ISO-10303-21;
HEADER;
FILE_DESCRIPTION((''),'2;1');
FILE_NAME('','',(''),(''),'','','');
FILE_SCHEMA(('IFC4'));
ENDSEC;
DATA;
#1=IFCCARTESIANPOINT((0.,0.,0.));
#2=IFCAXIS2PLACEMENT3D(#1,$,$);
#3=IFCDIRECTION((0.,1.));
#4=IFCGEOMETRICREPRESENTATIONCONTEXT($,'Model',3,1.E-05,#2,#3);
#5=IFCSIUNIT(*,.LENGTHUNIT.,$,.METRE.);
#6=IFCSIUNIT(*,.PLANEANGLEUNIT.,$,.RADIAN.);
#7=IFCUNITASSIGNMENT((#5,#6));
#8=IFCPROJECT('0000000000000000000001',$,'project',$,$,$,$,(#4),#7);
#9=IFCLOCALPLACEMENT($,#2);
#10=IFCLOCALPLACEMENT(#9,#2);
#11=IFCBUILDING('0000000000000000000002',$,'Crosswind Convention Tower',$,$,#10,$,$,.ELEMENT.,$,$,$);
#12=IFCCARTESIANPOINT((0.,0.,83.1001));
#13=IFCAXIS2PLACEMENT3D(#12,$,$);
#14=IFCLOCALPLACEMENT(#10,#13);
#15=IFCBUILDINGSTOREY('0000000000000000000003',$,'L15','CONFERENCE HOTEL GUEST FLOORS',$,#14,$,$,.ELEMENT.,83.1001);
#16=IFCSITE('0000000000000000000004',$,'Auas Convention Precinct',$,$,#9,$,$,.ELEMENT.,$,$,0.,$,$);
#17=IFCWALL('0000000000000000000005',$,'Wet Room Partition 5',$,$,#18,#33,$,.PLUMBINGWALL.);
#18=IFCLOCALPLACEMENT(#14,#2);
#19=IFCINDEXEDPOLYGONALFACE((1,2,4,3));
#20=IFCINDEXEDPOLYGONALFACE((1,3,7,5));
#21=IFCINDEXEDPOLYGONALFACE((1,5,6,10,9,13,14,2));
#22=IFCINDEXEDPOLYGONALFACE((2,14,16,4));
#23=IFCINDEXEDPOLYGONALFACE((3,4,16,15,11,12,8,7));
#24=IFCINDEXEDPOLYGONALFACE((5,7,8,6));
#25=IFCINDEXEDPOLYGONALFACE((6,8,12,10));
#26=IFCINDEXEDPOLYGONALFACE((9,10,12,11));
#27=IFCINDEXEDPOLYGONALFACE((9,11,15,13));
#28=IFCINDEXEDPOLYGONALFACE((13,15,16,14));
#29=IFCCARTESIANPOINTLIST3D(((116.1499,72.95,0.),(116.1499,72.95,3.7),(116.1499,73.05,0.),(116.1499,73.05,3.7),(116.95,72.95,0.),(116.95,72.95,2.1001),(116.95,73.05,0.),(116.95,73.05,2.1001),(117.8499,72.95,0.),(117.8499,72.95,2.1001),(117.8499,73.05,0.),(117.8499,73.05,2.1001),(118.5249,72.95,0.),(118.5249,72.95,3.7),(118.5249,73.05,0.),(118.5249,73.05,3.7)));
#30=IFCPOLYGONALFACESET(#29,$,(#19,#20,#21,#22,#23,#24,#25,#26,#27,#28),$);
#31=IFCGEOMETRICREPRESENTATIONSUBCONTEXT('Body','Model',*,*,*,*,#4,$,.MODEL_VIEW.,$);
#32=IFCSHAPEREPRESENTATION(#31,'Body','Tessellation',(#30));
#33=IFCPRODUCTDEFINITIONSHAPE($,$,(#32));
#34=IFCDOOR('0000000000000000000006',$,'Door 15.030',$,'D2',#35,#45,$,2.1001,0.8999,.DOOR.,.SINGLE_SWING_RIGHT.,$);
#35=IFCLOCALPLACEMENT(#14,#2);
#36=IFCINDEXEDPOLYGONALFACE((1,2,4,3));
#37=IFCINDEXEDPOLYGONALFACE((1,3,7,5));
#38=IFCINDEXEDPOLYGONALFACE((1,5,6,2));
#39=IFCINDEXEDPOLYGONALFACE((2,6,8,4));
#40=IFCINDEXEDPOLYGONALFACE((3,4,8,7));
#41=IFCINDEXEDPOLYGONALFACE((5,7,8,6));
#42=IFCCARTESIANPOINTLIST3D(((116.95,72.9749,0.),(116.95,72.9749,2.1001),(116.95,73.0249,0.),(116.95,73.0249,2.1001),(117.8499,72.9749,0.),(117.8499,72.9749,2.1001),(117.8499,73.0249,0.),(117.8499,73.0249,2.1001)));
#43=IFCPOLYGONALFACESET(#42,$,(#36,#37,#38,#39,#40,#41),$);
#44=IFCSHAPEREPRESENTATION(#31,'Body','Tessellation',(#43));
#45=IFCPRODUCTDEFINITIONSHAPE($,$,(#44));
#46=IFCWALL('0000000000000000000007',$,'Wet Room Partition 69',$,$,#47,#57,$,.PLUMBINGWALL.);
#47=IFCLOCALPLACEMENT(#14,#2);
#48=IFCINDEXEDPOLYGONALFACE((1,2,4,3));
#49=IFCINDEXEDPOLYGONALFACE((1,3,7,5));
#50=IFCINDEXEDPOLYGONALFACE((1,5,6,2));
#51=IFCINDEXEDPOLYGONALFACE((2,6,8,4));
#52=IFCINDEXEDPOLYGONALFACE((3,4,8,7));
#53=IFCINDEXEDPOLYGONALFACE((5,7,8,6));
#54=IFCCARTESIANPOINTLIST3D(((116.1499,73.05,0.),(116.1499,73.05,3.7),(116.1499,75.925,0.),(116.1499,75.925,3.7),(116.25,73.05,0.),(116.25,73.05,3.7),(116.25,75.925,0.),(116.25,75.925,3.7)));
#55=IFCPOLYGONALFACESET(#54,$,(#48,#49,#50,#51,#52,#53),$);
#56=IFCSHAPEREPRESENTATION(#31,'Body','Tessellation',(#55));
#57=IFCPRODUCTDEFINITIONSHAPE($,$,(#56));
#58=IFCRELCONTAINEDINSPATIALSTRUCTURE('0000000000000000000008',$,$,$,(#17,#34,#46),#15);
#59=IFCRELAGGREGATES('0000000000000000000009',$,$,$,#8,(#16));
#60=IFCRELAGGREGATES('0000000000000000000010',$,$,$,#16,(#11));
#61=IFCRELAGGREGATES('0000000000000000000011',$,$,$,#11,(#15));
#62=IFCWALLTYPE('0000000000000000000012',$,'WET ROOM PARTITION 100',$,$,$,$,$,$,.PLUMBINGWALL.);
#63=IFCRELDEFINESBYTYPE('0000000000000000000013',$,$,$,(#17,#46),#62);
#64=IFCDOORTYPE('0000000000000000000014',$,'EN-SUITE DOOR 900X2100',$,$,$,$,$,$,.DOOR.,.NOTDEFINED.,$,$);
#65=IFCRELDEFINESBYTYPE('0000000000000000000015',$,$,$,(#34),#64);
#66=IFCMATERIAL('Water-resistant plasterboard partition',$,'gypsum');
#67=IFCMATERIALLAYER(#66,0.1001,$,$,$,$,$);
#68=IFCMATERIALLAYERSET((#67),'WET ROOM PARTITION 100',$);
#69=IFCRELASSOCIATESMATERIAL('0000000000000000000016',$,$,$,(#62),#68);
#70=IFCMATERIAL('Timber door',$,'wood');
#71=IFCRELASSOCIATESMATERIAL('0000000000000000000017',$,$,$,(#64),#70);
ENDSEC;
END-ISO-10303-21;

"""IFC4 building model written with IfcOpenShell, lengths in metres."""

from ifc_helpers import new_model, si_unit, direction, frame, frame_2d, origin, place, context, subcontext, project, spatial, rectangle, extrude, material, layer, layer_set, type_object, element, fill, save


model = new_model("IFC4")

# Units and contexts
model_context = context("Model", 3, precision=1e-05, world=origin(), true_north=direction((0.0, 1.0)))
body_context = subcontext(model_context, "Body", "Model", "MODEL_VIEW")
ifc_project = project(units=[si_unit("LENGTHUNIT", "METRE"), si_unit("PLANEANGLEUNIT", "RADIAN")], contexts=[model_context])

# Site, building, storey
site_placement = place(None, origin())
site = spatial("IfcSite", under=ifc_project, at=site_placement, Name="Auas Convention Precinct", CompositionType="ELEMENT", RefElevation=0.0)
building_placement = place(site_placement, origin())
building = spatial("IfcBuilding", under=site, at=building_placement, Name="Crosswind Convention Tower", CompositionType="ELEMENT")
storey_placement = place(building_placement, frame((0.0, 0.0, 83.1001)))
storey = spatial("IfcBuildingStorey", under=building, at=storey_placement, Name="L15", Description="CONFERENCE HOTEL GUEST FLOORS", CompositionType="ELEMENT", Elevation=83.1001)

# Wall, opening, door
ifc_material_1 = material(Name="Water-resistant plasterboard partition", Category="gypsum")
ifc_layer_1 = layer(ifc_material_1, 0.1001)
ifc_layer_set_1 = layer_set([ifc_layer_1], Name="WET ROOM PARTITION 100")
wall_type_1 = type_object("IfcWallType", Name="WET ROOM PARTITION 100", PredefinedType="PLUMBINGWALL", material=ifc_layer_set_1)
ifc_material_2 = material(Name="Timber door", Category="wood")
door_type_1 = type_object("IfcDoorType", Name="EN-SUITE DOOR 900X2100", OperationType="NOTDEFINED", PredefinedType="DOOR", material=ifc_material_2)
wall_1_placement = place(storey_placement, frame((116.1499, 73.0, 0.0), z_axis=(0.0, 0.0, 1.0), x_axis=(1.0, 0.0, 0.0)))
wall_1 = element("IfcWall", 1, at=wall_1_placement, inside=storey, type_object=wall_type_1, Name="Wet Room Partition 5", PredefinedType="PLUMBINGWALL", context=body_context, shape_type="SweptSolid", body=[
    extrude(rectangle(XDim=2.375, YDim=0.1001, at=frame_2d((1.1875, 0.0))), origin(), (0.0, 0.0, 1.0), 3.7),
])
opening_1_placement = place(wall_1_placement, frame((0.8, 0.0, 0.0)))
opening_1 = element("IfcOpeningElement", 2, at=opening_1_placement, cuts=wall_1, PredefinedType="OPENING", context=body_context, shape_type="SweptSolid", body=[
    extrude(rectangle(XDim=0.8999, YDim=2.1001, at=frame_2d((0.45, 1.05))), frame((0.0, 0.0601, 0.0), z_axis=(0.0, -1.0, 0.0), x_axis=(1.0, 0.0, 0.0)), (0.0, 0.0, 1.0), 0.1201),
])
door_1_placement = place(opening_1_placement, origin())
door_1 = element("IfcDoor", 3, at=door_1_placement, inside=storey, type_object=door_type_1, Name="Door 15.030", ObjectType="D2", OperationType="SINGLE_SWING_RIGHT", OverallHeight=2.1001, OverallWidth=0.8999, PredefinedType="DOOR", context=body_context, shape_type="SweptSolid", body=[
    extrude(rectangle(XDim=0.8999, YDim=2.1001, at=frame_2d((0.45, 1.05))), frame((0.0, 0.0249, 0.0), z_axis=(0.0, -1.0, 0.0), x_axis=(1.0, 0.0, 0.0)), (0.0, 0.0, 1.0), 0.05),
])
fill(opening_1, door_1)

# Wall
wall_2_placement = place(storey_placement, frame((116.2, 73.05, 0.0), z_axis=(0.0, 0.0, 1.0), x_axis=(0.0, 1.0, 0.0)))
element("IfcWall", 4, at=wall_2_placement, inside=storey, type_object=wall_type_1, Name="Wet Room Partition 69", PredefinedType="PLUMBINGWALL", context=body_context, shape_type="SweptSolid", body=[
    extrude(rectangle(XDim=2.875, YDim=0.1001, at=frame_2d((1.4375, 0.0))), origin(), (0.0, 0.0, 1.0), 3.7),
])

save(model, "model.ifc")
